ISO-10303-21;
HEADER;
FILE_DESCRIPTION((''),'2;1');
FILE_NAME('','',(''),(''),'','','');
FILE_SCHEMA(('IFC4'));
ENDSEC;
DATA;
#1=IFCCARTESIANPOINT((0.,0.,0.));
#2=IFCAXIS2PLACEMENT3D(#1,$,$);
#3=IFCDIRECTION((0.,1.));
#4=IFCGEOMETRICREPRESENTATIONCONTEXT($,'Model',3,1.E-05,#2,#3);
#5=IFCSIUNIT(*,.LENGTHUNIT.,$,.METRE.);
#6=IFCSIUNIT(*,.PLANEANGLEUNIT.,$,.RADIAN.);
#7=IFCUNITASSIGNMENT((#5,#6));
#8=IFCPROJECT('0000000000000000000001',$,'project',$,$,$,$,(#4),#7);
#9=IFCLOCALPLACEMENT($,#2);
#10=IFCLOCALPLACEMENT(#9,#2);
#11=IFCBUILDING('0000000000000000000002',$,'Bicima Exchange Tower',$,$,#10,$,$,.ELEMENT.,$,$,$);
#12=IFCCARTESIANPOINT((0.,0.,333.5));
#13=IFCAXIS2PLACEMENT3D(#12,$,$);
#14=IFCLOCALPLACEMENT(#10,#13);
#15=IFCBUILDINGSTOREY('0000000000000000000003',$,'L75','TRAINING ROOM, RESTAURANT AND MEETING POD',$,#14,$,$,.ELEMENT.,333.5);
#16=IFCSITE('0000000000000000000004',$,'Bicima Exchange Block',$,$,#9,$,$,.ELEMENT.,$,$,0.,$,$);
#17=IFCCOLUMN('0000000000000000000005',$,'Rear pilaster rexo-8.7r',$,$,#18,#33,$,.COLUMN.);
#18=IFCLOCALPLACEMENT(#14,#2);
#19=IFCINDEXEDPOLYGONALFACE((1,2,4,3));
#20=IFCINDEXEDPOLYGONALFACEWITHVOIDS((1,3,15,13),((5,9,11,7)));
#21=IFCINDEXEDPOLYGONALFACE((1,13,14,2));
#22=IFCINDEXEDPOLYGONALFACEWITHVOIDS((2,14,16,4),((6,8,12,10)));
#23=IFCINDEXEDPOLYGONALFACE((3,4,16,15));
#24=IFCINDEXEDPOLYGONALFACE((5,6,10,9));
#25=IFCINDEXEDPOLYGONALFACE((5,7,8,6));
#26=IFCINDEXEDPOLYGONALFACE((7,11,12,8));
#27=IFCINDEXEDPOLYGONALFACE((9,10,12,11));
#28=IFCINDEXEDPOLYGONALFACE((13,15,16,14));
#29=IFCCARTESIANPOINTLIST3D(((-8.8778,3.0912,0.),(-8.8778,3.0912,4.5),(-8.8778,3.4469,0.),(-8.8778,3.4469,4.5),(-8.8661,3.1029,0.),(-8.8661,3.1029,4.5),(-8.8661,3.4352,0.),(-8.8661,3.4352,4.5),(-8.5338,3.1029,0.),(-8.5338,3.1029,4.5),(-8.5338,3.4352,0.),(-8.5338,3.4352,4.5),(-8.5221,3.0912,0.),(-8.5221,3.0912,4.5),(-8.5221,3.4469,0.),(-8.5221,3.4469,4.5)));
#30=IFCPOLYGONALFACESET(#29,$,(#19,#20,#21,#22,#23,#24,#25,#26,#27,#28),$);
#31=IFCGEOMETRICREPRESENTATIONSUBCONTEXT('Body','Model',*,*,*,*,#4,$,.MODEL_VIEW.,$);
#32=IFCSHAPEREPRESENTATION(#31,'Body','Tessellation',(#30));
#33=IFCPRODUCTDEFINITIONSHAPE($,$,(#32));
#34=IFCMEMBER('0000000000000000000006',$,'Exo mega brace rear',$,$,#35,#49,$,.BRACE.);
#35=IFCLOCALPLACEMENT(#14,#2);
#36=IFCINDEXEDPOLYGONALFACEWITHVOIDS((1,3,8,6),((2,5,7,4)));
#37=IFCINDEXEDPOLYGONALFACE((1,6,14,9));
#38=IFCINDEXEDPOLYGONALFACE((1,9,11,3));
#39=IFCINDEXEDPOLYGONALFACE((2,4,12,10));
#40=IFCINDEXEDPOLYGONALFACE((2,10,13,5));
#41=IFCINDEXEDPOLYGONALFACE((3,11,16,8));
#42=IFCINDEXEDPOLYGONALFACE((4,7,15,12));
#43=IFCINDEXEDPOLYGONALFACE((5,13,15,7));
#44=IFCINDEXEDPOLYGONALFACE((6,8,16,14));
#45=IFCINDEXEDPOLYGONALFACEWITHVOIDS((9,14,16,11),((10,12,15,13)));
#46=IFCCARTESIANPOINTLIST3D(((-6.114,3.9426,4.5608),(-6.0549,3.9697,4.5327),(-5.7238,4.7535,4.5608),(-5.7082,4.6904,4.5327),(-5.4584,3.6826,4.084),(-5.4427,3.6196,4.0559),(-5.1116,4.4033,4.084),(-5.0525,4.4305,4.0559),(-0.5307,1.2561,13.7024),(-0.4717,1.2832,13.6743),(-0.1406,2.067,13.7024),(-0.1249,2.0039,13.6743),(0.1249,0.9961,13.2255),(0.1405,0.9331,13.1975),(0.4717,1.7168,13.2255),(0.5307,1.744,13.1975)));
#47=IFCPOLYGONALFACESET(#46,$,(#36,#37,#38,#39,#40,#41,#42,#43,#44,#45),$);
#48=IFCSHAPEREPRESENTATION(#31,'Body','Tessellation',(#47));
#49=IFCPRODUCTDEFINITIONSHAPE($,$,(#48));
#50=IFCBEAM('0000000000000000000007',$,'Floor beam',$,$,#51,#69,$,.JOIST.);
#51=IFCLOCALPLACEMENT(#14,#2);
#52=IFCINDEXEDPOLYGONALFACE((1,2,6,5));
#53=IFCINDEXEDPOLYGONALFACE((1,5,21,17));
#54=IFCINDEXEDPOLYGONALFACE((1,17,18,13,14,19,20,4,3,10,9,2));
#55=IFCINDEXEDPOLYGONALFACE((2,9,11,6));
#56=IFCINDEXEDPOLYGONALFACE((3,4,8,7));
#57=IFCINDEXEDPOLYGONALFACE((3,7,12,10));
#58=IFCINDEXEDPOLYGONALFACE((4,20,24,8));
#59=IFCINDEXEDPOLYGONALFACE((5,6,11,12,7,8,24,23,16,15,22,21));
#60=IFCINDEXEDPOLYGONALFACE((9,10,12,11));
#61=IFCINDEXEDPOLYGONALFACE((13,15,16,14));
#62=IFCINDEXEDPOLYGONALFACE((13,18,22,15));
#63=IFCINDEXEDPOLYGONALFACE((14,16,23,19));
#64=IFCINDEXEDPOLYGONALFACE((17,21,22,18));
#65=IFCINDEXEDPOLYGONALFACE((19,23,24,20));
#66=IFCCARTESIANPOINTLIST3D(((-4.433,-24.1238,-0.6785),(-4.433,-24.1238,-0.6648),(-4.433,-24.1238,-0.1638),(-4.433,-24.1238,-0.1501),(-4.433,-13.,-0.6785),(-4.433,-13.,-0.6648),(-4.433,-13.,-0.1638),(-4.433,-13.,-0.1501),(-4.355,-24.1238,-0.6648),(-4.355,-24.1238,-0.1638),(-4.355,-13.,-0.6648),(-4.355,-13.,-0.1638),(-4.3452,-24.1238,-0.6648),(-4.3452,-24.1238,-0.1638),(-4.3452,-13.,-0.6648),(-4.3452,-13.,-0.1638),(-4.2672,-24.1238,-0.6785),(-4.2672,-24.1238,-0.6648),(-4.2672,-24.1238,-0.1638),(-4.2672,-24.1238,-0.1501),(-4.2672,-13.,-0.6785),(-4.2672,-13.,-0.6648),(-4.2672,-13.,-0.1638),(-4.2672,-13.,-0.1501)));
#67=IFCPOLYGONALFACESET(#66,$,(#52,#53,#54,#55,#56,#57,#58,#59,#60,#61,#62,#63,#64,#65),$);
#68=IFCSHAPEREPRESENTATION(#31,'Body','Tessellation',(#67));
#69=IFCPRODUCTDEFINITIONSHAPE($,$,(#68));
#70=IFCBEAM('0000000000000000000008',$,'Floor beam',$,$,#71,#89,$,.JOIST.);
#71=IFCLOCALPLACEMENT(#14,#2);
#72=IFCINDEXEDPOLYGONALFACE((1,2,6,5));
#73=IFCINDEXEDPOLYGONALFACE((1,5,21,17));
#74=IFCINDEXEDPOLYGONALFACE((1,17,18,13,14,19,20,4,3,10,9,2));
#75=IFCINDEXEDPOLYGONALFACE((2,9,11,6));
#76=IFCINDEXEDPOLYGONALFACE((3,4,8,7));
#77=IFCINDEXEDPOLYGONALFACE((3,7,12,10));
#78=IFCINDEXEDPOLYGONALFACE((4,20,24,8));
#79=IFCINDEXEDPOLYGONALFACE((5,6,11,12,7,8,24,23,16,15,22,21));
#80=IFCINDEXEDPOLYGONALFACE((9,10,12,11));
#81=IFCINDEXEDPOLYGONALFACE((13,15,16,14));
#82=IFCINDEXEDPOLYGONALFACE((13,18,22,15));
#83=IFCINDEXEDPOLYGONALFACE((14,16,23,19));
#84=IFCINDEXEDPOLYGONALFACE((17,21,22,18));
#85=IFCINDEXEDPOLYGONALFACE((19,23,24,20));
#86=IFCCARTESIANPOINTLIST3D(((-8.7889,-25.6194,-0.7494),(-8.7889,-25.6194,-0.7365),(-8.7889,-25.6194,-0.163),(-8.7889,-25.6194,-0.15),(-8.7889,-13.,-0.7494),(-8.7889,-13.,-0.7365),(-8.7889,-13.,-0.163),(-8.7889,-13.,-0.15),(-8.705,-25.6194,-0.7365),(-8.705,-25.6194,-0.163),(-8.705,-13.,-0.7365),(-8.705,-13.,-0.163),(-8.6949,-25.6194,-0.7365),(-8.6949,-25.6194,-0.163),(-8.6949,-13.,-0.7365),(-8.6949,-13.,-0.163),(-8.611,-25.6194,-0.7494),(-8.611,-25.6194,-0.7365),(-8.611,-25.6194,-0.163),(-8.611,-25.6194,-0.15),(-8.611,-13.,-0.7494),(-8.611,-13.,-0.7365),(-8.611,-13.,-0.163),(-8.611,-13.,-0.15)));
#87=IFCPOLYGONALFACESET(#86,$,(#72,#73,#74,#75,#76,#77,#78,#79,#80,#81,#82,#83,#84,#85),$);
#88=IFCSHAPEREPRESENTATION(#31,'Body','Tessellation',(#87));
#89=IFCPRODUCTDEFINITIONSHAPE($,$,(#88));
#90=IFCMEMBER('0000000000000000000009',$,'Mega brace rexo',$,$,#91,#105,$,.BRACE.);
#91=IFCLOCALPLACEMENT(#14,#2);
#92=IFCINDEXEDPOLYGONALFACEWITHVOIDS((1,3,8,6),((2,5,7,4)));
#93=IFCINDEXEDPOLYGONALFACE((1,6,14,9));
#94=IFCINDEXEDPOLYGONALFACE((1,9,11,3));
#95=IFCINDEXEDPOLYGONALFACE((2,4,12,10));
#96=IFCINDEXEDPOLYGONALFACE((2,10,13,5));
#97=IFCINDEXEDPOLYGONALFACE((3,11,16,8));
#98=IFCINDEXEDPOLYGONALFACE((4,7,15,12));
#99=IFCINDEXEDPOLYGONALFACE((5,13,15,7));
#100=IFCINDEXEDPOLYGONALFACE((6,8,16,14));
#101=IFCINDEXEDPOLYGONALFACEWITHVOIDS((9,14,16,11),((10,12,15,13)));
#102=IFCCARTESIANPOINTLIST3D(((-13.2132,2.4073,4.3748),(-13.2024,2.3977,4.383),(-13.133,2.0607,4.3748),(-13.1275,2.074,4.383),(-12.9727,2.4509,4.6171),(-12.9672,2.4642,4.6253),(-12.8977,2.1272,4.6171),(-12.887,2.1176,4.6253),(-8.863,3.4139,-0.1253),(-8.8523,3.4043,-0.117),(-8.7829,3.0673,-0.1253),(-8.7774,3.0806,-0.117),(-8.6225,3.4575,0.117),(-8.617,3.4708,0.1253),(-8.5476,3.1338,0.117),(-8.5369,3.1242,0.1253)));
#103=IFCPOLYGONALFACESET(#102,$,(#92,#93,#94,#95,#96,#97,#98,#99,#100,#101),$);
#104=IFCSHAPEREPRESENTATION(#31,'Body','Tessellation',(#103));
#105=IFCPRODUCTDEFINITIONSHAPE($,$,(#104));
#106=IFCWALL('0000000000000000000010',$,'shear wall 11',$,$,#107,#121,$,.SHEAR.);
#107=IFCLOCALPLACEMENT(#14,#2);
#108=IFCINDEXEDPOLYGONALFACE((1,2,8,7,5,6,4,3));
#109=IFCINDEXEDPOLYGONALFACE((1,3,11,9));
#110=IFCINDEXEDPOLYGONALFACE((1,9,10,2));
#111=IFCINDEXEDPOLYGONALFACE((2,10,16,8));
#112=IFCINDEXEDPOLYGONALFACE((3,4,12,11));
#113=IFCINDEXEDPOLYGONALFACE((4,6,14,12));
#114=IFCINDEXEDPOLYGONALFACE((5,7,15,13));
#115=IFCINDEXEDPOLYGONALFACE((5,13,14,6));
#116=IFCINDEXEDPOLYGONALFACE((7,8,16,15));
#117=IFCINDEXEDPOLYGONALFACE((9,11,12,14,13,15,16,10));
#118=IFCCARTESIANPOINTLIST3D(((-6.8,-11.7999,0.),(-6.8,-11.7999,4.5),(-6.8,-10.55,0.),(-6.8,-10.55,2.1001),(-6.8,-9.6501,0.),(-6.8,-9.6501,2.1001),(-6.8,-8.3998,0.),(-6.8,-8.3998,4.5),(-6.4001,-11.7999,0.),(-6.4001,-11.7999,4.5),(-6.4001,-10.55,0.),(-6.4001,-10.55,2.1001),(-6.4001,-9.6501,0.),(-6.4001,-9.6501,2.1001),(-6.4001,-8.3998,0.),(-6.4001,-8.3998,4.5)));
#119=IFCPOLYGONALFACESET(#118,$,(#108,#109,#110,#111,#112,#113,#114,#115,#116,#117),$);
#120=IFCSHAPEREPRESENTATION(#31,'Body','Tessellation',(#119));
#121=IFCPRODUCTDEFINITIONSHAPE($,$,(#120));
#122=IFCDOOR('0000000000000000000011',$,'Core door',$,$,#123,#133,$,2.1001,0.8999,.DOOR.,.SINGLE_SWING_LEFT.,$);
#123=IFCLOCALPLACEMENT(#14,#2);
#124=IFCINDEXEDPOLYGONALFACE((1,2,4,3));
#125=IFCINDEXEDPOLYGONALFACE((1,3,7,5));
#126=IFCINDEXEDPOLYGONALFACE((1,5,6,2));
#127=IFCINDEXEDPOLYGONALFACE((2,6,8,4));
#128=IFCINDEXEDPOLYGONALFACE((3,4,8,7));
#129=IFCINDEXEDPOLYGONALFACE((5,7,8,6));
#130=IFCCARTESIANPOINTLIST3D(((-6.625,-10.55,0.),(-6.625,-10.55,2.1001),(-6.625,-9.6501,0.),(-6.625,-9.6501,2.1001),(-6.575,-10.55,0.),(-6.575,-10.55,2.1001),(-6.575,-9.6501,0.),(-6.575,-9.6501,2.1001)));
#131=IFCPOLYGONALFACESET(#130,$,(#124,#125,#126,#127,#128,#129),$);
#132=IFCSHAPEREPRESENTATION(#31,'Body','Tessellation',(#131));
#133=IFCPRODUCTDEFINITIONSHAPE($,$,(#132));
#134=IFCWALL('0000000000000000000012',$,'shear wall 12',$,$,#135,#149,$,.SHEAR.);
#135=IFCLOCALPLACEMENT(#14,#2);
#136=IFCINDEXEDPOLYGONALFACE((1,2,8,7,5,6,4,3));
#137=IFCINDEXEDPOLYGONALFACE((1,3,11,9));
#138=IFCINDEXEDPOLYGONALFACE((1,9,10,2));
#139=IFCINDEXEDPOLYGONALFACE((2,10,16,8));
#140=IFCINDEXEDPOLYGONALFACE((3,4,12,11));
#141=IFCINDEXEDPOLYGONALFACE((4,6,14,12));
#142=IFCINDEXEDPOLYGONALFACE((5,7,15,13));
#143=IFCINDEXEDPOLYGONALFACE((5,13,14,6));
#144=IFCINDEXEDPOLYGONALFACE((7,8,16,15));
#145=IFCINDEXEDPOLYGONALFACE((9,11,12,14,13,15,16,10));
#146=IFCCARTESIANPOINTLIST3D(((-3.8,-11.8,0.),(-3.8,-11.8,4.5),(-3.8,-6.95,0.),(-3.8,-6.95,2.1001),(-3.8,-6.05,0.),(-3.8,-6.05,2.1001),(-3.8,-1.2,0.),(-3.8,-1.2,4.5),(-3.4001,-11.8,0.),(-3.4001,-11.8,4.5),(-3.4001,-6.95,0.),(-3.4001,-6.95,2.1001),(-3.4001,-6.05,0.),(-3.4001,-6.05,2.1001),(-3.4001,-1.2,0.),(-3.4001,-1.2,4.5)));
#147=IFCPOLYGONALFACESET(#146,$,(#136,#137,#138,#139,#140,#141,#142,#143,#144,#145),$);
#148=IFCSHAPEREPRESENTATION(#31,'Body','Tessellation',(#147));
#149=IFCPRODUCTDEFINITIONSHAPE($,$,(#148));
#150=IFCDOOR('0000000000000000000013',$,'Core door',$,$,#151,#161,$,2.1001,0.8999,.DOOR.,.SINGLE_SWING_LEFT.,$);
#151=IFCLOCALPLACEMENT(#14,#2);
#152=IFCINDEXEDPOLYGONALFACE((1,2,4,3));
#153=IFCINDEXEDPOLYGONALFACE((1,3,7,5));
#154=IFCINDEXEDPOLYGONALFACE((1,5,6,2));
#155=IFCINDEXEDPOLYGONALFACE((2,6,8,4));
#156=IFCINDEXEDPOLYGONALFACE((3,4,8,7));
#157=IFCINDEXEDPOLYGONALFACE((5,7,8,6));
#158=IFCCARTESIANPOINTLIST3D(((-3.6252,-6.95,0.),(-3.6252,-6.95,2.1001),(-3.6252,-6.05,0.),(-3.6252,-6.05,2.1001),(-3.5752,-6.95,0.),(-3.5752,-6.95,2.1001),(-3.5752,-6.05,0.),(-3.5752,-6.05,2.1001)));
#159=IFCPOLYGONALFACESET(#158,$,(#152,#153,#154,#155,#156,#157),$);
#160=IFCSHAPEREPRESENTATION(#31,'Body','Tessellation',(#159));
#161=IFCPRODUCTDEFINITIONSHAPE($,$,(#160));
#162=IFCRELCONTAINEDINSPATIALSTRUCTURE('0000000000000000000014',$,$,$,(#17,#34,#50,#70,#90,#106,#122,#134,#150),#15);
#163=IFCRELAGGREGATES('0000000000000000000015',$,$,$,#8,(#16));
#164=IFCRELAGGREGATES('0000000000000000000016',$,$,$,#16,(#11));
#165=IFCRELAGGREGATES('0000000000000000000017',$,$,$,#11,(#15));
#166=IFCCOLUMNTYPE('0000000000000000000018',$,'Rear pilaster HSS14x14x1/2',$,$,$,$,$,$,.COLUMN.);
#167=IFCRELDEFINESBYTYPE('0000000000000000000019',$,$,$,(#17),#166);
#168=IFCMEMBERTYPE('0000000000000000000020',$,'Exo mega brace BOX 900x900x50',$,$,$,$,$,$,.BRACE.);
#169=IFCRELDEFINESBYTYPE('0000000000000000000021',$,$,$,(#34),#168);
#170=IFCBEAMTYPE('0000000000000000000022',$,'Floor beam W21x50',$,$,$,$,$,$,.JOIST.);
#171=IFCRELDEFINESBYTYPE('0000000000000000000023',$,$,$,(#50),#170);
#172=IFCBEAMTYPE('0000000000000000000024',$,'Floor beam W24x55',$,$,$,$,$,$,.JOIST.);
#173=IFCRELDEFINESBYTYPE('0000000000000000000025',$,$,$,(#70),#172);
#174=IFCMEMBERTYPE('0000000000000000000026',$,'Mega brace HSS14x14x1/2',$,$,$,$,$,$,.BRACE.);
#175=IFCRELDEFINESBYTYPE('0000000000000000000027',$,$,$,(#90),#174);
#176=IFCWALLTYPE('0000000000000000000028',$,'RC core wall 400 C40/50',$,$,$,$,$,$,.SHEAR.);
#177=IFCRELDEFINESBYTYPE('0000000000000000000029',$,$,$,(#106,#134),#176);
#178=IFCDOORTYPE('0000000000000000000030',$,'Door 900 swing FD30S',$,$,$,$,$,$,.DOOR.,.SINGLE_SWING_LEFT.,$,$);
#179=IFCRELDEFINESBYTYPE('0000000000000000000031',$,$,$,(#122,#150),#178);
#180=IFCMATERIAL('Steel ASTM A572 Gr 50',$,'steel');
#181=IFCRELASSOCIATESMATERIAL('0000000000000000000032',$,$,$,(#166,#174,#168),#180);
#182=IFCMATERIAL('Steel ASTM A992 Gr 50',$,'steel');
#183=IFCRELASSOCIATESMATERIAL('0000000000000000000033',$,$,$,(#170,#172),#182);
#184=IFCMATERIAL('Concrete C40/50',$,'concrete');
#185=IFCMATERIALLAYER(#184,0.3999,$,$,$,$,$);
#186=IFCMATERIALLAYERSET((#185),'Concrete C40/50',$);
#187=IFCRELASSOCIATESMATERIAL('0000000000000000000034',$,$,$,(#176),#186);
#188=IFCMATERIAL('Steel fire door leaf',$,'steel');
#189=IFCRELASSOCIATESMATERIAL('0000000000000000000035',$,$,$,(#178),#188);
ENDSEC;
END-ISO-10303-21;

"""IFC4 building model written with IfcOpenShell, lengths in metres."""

from ifc_helpers import new_model, si_unit, direction, frame, frame_2d, origin, origin_2d, place, context, subcontext, project, spatial, rectangle, hollow_rectangle, i_section, extrude, material, layer, layer_set, material_profile, profile_set, type_object, element, fill, save


model = new_model("IFC4")

# Units and contexts
model_context = context("Model", 3, precision=1e-05, world=origin(), true_north=direction((0.0, 1.0)))
body_context = subcontext(model_context, "Body", "Model", "MODEL_VIEW")
ifc_project = project(units=[si_unit("LENGTHUNIT", "METRE"), si_unit("PLANEANGLEUNIT", "RADIAN")], contexts=[model_context])

# Site, building, storey
site_placement = place(None, origin())
site = spatial("IfcSite", under=ifc_project, at=site_placement, Name="Bicima Exchange Block", CompositionType="ELEMENT", RefElevation=0.0)
building_placement = place(site_placement, origin())
building = spatial("IfcBuilding", under=site, at=building_placement, Name="Bicima Exchange Tower", CompositionType="ELEMENT")
storey_placement = place(building_placement, frame((0.0, 0.0, 333.5)))
storey = spatial("IfcBuildingStorey", under=building, at=storey_placement, Name="L75", Description="TRAINING ROOM, RESTAURANT AND MEETING POD", CompositionType="ELEMENT", Elevation=333.5)

# Column
ifc_material_1 = material(Name="Steel ASTM A572 Gr 50", Category="steel")
ifc_material_profile_1 = material_profile(ifc_material_1, hollow_rectangle(XDim=0.3557, YDim=0.3557, WallThickness=0.0117, at=origin_2d()))
ifc_profile_set_1 = profile_set([ifc_material_profile_1], Name="Steel ASTM A572 Gr 50")
column_type = type_object("IfcColumnType", Name="Rear pilaster HSS14x14x1/2", PredefinedType="COLUMN", material=ifc_profile_set_1)
column_placement = place(storey_placement, frame((-8.7, 3.269, 0.0), z_axis=(0.0, 0.0, 1.0), x_axis=(1.0, 0.0, 0.0)))
element("IfcColumn", 1, at=column_placement, inside=storey, type_object=column_type, Name="Rear pilaster rexo-8.7r", PredefinedType="COLUMN", context=body_context, shape_type="SweptSolid", body=[
    extrude(hollow_rectangle(XDim=0.3557, YDim=0.3557, WallThickness=0.0117, at=origin_2d()), origin(), (0.0, 0.0, 1.0), 4.5),
])

# Member
ifc_material_profile_2 = material_profile(ifc_material_1, hollow_rectangle(XDim=0.8999, YDim=0.8999, WallThickness=0.05, at=origin_2d()))
ifc_profile_set_2 = profile_set([ifc_material_profile_2], Name="Steel ASTM A572 Gr 50")
member_type_1 = type_object("IfcMemberType", Name="Exo mega brace BOX 900x900x50", PredefinedType="BRACE", material=ifc_profile_set_2)
member_1_placement = place(storey_placement, frame((-5.5833, 4.1865, 4.3083), z_axis=(0.505569, -0.243267, 0.827781), x_axis=(0.433592, 0.901109, 0.0)))
element("IfcMember", 2, at=member_1_placement, inside=storey, type_object=member_type_1, Name="Exo mega brace rear", PredefinedType="BRACE", context=body_context, shape_type="SweptSolid", body=[
    extrude(hollow_rectangle(XDim=0.8999, YDim=0.8999, WallThickness=0.05, at=origin_2d()), origin(), (0.0, 0.0, 1.0), 11.0435),
])

# Beams
ifc_material_2 = material(Name="Steel ASTM A992 Gr 50", Category="steel")
ifc_material_profile_3 = material_profile(ifc_material_2, i_section(OverallWidth=0.1658, OverallDepth=0.5283, WebThickness=0.0098, FlangeThickness=0.0137, at=origin_2d()))
ifc_profile_set_3 = profile_set([ifc_material_profile_3], Name="Steel ASTM A992 Gr 50")
beam_type_1 = type_object("IfcBeamType", Name="Floor beam W21x50", PredefinedType="JOIST", material=ifc_profile_set_3)
beam_1_placement = place(storey_placement, frame((-4.3501, -13.0, -0.4143), z_axis=(0.0, -1.0, 0.0), x_axis=(1.0, 0.0, 0.0)))
element("IfcBeam", 3, at=beam_1_placement, inside=storey, type_object=beam_type_1, Name="Floor beam", PredefinedType="JOIST", context=body_context, shape_type="SweptSolid", body=[
    extrude(i_section(OverallWidth=0.1658, OverallDepth=0.5283, WebThickness=0.0098, FlangeThickness=0.0137, at=origin_2d()), origin(), (0.0, 0.0, 1.0), 11.1238),
])
ifc_material_profile_4 = material_profile(ifc_material_2, i_section(OverallWidth=0.178, OverallDepth=0.5994, WebThickness=0.01, FlangeThickness=0.0129, at=origin_2d()))
ifc_profile_set_4 = profile_set([ifc_material_profile_4], Name="Steel ASTM A992 Gr 50")
beam_type_2 = type_object("IfcBeamType", Name="Floor beam W24x55", PredefinedType="JOIST", material=ifc_profile_set_4)
beam_2_placement = place(storey_placement, frame((-8.7, -13.0, -0.4497), z_axis=(0.0, -1.0, 0.0), x_axis=(1.0, 0.0, 0.0)))
element("IfcBeam", 4, at=beam_2_placement, inside=storey, type_object=beam_type_2, Name="Floor beam", PredefinedType="JOIST", context=body_context, shape_type="SweptSolid", body=[
    extrude(i_section(OverallWidth=0.178, OverallDepth=0.5994, WebThickness=0.01, FlangeThickness=0.0129, at=origin_2d()), origin(), (0.0, 0.0, 1.0), 12.6194),
])

# Member
member_type_2 = type_object("IfcMemberType", Name="Mega brace HSS14x14x1/2", PredefinedType="BRACE", material=ifc_profile_set_1)
member_2_placement = place(storey_placement, frame((-8.7, 3.269, 0.0), z_axis=(-0.686212, -0.158786, 0.709859), x_axis=(0.225439, -0.974257, 0.0)))
element("IfcMember", 5, at=member_2_placement, inside=storey, type_object=member_type_2, Name="Mega brace rexo", PredefinedType="BRACE", context=body_context, shape_type="SweptSolid", body=[
    extrude(hollow_rectangle(XDim=0.3557, YDim=0.3557, WallThickness=0.0117, at=origin_2d()), origin(), (0.0, 0.0, 1.0), 6.3394),
])

# Walls, openings, doors
ifc_material_3 = material(Name="Concrete C40/50", Category="concrete")
ifc_layer_1 = layer(ifc_material_3, 0.3999)
ifc_layer_set_1 = layer_set([ifc_layer_1], Name="Concrete C40/50")
wall_type_1 = type_object("IfcWallType", Name="RC core wall 400 C40/50", PredefinedType="SHEAR", material=ifc_layer_set_1)
wall_1_placement = place(storey_placement, frame((-6.6001, -11.8, 0.0), z_axis=(0.0, 0.0, 1.0), x_axis=(0.0, 1.0, 0.0)))
wall_1 = element("IfcWall", 6, at=wall_1_placement, inside=storey, type_object=wall_type_1, Name="shear wall 11", PredefinedType="SHEAR", context=body_context, shape_type="SweptSolid", body=[
    extrude(rectangle(XDim=3.4001, YDim=0.3999, at=frame_2d((1.7002, 0.0))), origin(), (0.0, 0.0, 1.0), 4.5),
])
opening_1_placement = place(wall_1_placement, frame((1.25, 0.0, 0.0)))
opening_1 = element("IfcOpeningElement", 7, at=opening_1_placement, cuts=wall_1, PredefinedType="OPENING", context=body_context, shape_type="SweptSolid", body=[
    extrude(rectangle(XDim=0.8999, YDim=2.1001, at=frame_2d((0.45, 1.05))), frame((0.0, 0.2119, 0.0), z_axis=(0.0, -1.0, 0.0), x_axis=(1.0, 0.0, 0.0)), (0.0, 0.0, 1.0), 0.4238),
])
ifc_material_4 = material(Name="Steel fire door leaf", Category="steel")
door_type_1 = type_object("IfcDoorType", Name="Door 900 swing FD30S", OperationType="SINGLE_SWING_LEFT", PredefinedType="DOOR", material=ifc_material_4)
door_1_placement = place(opening_1_placement, origin())
door_1 = element("IfcDoor", 8, at=door_1_placement, inside=storey, type_object=door_type_1, Name="Core door", OperationType="SINGLE_SWING_LEFT", OverallHeight=2.1001, OverallWidth=0.8999, PredefinedType="DOOR", context=body_context, shape_type="SweptSolid", body=[
    extrude(rectangle(XDim=0.8999, YDim=2.1001, at=frame_2d((0.45, 1.05))), frame((0.0, 0.0249, 0.0), z_axis=(0.0, -1.0, 0.0), x_axis=(1.0, 0.0, 0.0)), (0.0, 0.0, 1.0), 0.05),
])
fill(opening_1, door_1)
wall_2_placement = place(storey_placement, frame((-3.6001, -11.8, 0.0), z_axis=(0.0, 0.0, 1.0), x_axis=(0.0, 1.0, 0.0)))
wall_2 = element("IfcWall", 9, at=wall_2_placement, inside=storey, type_object=wall_type_1, Name="shear wall 12", PredefinedType="SHEAR", context=body_context, shape_type="SweptSolid", body=[
    extrude(rectangle(XDim=10.6001, YDim=0.3999, at=frame_2d((5.3, 0.0))), origin(), (0.0, 0.0, 1.0), 4.5),
])
opening_2_placement = place(wall_2_placement, frame((4.8501, 0.0, 0.0)))
opening_2 = element("IfcOpeningElement", 10, at=opening_2_placement, cuts=wall_2, PredefinedType="OPENING", context=body_context, shape_type="SweptSolid", body=[
    extrude(rectangle(XDim=0.8999, YDim=2.1001, at=frame_2d((0.45, 1.05))), frame((0.0, 0.2119, 0.0), z_axis=(0.0, -1.0, 0.0), x_axis=(1.0, 0.0, 0.0)), (0.0, 0.0, 1.0), 0.4238),
])
door_2_placement = place(opening_2_placement, frame((0.8999, 0.0, 0.0), z_axis=(0.0, 0.0, 1.0), x_axis=(-1.0, 0.0, 0.0)))
door_2 = element("IfcDoor", 11, at=door_2_placement, inside=storey, type_object=door_type_1, Name="Core door", OperationType="SINGLE_SWING_LEFT", OverallHeight=2.1001, OverallWidth=0.8999, PredefinedType="DOOR", context=body_context, shape_type="SweptSolid", body=[
    extrude(rectangle(XDim=0.8999, YDim=2.1001, at=frame_2d((0.45, 1.05))), frame((0.0, 0.0249, 0.0), z_axis=(0.0, -1.0, 0.0), x_axis=(1.0, 0.0, 0.0)), (0.0, 0.0, 1.0), 0.05),
])
fill(opening_2, door_2)

save(model, "model.ifc")
